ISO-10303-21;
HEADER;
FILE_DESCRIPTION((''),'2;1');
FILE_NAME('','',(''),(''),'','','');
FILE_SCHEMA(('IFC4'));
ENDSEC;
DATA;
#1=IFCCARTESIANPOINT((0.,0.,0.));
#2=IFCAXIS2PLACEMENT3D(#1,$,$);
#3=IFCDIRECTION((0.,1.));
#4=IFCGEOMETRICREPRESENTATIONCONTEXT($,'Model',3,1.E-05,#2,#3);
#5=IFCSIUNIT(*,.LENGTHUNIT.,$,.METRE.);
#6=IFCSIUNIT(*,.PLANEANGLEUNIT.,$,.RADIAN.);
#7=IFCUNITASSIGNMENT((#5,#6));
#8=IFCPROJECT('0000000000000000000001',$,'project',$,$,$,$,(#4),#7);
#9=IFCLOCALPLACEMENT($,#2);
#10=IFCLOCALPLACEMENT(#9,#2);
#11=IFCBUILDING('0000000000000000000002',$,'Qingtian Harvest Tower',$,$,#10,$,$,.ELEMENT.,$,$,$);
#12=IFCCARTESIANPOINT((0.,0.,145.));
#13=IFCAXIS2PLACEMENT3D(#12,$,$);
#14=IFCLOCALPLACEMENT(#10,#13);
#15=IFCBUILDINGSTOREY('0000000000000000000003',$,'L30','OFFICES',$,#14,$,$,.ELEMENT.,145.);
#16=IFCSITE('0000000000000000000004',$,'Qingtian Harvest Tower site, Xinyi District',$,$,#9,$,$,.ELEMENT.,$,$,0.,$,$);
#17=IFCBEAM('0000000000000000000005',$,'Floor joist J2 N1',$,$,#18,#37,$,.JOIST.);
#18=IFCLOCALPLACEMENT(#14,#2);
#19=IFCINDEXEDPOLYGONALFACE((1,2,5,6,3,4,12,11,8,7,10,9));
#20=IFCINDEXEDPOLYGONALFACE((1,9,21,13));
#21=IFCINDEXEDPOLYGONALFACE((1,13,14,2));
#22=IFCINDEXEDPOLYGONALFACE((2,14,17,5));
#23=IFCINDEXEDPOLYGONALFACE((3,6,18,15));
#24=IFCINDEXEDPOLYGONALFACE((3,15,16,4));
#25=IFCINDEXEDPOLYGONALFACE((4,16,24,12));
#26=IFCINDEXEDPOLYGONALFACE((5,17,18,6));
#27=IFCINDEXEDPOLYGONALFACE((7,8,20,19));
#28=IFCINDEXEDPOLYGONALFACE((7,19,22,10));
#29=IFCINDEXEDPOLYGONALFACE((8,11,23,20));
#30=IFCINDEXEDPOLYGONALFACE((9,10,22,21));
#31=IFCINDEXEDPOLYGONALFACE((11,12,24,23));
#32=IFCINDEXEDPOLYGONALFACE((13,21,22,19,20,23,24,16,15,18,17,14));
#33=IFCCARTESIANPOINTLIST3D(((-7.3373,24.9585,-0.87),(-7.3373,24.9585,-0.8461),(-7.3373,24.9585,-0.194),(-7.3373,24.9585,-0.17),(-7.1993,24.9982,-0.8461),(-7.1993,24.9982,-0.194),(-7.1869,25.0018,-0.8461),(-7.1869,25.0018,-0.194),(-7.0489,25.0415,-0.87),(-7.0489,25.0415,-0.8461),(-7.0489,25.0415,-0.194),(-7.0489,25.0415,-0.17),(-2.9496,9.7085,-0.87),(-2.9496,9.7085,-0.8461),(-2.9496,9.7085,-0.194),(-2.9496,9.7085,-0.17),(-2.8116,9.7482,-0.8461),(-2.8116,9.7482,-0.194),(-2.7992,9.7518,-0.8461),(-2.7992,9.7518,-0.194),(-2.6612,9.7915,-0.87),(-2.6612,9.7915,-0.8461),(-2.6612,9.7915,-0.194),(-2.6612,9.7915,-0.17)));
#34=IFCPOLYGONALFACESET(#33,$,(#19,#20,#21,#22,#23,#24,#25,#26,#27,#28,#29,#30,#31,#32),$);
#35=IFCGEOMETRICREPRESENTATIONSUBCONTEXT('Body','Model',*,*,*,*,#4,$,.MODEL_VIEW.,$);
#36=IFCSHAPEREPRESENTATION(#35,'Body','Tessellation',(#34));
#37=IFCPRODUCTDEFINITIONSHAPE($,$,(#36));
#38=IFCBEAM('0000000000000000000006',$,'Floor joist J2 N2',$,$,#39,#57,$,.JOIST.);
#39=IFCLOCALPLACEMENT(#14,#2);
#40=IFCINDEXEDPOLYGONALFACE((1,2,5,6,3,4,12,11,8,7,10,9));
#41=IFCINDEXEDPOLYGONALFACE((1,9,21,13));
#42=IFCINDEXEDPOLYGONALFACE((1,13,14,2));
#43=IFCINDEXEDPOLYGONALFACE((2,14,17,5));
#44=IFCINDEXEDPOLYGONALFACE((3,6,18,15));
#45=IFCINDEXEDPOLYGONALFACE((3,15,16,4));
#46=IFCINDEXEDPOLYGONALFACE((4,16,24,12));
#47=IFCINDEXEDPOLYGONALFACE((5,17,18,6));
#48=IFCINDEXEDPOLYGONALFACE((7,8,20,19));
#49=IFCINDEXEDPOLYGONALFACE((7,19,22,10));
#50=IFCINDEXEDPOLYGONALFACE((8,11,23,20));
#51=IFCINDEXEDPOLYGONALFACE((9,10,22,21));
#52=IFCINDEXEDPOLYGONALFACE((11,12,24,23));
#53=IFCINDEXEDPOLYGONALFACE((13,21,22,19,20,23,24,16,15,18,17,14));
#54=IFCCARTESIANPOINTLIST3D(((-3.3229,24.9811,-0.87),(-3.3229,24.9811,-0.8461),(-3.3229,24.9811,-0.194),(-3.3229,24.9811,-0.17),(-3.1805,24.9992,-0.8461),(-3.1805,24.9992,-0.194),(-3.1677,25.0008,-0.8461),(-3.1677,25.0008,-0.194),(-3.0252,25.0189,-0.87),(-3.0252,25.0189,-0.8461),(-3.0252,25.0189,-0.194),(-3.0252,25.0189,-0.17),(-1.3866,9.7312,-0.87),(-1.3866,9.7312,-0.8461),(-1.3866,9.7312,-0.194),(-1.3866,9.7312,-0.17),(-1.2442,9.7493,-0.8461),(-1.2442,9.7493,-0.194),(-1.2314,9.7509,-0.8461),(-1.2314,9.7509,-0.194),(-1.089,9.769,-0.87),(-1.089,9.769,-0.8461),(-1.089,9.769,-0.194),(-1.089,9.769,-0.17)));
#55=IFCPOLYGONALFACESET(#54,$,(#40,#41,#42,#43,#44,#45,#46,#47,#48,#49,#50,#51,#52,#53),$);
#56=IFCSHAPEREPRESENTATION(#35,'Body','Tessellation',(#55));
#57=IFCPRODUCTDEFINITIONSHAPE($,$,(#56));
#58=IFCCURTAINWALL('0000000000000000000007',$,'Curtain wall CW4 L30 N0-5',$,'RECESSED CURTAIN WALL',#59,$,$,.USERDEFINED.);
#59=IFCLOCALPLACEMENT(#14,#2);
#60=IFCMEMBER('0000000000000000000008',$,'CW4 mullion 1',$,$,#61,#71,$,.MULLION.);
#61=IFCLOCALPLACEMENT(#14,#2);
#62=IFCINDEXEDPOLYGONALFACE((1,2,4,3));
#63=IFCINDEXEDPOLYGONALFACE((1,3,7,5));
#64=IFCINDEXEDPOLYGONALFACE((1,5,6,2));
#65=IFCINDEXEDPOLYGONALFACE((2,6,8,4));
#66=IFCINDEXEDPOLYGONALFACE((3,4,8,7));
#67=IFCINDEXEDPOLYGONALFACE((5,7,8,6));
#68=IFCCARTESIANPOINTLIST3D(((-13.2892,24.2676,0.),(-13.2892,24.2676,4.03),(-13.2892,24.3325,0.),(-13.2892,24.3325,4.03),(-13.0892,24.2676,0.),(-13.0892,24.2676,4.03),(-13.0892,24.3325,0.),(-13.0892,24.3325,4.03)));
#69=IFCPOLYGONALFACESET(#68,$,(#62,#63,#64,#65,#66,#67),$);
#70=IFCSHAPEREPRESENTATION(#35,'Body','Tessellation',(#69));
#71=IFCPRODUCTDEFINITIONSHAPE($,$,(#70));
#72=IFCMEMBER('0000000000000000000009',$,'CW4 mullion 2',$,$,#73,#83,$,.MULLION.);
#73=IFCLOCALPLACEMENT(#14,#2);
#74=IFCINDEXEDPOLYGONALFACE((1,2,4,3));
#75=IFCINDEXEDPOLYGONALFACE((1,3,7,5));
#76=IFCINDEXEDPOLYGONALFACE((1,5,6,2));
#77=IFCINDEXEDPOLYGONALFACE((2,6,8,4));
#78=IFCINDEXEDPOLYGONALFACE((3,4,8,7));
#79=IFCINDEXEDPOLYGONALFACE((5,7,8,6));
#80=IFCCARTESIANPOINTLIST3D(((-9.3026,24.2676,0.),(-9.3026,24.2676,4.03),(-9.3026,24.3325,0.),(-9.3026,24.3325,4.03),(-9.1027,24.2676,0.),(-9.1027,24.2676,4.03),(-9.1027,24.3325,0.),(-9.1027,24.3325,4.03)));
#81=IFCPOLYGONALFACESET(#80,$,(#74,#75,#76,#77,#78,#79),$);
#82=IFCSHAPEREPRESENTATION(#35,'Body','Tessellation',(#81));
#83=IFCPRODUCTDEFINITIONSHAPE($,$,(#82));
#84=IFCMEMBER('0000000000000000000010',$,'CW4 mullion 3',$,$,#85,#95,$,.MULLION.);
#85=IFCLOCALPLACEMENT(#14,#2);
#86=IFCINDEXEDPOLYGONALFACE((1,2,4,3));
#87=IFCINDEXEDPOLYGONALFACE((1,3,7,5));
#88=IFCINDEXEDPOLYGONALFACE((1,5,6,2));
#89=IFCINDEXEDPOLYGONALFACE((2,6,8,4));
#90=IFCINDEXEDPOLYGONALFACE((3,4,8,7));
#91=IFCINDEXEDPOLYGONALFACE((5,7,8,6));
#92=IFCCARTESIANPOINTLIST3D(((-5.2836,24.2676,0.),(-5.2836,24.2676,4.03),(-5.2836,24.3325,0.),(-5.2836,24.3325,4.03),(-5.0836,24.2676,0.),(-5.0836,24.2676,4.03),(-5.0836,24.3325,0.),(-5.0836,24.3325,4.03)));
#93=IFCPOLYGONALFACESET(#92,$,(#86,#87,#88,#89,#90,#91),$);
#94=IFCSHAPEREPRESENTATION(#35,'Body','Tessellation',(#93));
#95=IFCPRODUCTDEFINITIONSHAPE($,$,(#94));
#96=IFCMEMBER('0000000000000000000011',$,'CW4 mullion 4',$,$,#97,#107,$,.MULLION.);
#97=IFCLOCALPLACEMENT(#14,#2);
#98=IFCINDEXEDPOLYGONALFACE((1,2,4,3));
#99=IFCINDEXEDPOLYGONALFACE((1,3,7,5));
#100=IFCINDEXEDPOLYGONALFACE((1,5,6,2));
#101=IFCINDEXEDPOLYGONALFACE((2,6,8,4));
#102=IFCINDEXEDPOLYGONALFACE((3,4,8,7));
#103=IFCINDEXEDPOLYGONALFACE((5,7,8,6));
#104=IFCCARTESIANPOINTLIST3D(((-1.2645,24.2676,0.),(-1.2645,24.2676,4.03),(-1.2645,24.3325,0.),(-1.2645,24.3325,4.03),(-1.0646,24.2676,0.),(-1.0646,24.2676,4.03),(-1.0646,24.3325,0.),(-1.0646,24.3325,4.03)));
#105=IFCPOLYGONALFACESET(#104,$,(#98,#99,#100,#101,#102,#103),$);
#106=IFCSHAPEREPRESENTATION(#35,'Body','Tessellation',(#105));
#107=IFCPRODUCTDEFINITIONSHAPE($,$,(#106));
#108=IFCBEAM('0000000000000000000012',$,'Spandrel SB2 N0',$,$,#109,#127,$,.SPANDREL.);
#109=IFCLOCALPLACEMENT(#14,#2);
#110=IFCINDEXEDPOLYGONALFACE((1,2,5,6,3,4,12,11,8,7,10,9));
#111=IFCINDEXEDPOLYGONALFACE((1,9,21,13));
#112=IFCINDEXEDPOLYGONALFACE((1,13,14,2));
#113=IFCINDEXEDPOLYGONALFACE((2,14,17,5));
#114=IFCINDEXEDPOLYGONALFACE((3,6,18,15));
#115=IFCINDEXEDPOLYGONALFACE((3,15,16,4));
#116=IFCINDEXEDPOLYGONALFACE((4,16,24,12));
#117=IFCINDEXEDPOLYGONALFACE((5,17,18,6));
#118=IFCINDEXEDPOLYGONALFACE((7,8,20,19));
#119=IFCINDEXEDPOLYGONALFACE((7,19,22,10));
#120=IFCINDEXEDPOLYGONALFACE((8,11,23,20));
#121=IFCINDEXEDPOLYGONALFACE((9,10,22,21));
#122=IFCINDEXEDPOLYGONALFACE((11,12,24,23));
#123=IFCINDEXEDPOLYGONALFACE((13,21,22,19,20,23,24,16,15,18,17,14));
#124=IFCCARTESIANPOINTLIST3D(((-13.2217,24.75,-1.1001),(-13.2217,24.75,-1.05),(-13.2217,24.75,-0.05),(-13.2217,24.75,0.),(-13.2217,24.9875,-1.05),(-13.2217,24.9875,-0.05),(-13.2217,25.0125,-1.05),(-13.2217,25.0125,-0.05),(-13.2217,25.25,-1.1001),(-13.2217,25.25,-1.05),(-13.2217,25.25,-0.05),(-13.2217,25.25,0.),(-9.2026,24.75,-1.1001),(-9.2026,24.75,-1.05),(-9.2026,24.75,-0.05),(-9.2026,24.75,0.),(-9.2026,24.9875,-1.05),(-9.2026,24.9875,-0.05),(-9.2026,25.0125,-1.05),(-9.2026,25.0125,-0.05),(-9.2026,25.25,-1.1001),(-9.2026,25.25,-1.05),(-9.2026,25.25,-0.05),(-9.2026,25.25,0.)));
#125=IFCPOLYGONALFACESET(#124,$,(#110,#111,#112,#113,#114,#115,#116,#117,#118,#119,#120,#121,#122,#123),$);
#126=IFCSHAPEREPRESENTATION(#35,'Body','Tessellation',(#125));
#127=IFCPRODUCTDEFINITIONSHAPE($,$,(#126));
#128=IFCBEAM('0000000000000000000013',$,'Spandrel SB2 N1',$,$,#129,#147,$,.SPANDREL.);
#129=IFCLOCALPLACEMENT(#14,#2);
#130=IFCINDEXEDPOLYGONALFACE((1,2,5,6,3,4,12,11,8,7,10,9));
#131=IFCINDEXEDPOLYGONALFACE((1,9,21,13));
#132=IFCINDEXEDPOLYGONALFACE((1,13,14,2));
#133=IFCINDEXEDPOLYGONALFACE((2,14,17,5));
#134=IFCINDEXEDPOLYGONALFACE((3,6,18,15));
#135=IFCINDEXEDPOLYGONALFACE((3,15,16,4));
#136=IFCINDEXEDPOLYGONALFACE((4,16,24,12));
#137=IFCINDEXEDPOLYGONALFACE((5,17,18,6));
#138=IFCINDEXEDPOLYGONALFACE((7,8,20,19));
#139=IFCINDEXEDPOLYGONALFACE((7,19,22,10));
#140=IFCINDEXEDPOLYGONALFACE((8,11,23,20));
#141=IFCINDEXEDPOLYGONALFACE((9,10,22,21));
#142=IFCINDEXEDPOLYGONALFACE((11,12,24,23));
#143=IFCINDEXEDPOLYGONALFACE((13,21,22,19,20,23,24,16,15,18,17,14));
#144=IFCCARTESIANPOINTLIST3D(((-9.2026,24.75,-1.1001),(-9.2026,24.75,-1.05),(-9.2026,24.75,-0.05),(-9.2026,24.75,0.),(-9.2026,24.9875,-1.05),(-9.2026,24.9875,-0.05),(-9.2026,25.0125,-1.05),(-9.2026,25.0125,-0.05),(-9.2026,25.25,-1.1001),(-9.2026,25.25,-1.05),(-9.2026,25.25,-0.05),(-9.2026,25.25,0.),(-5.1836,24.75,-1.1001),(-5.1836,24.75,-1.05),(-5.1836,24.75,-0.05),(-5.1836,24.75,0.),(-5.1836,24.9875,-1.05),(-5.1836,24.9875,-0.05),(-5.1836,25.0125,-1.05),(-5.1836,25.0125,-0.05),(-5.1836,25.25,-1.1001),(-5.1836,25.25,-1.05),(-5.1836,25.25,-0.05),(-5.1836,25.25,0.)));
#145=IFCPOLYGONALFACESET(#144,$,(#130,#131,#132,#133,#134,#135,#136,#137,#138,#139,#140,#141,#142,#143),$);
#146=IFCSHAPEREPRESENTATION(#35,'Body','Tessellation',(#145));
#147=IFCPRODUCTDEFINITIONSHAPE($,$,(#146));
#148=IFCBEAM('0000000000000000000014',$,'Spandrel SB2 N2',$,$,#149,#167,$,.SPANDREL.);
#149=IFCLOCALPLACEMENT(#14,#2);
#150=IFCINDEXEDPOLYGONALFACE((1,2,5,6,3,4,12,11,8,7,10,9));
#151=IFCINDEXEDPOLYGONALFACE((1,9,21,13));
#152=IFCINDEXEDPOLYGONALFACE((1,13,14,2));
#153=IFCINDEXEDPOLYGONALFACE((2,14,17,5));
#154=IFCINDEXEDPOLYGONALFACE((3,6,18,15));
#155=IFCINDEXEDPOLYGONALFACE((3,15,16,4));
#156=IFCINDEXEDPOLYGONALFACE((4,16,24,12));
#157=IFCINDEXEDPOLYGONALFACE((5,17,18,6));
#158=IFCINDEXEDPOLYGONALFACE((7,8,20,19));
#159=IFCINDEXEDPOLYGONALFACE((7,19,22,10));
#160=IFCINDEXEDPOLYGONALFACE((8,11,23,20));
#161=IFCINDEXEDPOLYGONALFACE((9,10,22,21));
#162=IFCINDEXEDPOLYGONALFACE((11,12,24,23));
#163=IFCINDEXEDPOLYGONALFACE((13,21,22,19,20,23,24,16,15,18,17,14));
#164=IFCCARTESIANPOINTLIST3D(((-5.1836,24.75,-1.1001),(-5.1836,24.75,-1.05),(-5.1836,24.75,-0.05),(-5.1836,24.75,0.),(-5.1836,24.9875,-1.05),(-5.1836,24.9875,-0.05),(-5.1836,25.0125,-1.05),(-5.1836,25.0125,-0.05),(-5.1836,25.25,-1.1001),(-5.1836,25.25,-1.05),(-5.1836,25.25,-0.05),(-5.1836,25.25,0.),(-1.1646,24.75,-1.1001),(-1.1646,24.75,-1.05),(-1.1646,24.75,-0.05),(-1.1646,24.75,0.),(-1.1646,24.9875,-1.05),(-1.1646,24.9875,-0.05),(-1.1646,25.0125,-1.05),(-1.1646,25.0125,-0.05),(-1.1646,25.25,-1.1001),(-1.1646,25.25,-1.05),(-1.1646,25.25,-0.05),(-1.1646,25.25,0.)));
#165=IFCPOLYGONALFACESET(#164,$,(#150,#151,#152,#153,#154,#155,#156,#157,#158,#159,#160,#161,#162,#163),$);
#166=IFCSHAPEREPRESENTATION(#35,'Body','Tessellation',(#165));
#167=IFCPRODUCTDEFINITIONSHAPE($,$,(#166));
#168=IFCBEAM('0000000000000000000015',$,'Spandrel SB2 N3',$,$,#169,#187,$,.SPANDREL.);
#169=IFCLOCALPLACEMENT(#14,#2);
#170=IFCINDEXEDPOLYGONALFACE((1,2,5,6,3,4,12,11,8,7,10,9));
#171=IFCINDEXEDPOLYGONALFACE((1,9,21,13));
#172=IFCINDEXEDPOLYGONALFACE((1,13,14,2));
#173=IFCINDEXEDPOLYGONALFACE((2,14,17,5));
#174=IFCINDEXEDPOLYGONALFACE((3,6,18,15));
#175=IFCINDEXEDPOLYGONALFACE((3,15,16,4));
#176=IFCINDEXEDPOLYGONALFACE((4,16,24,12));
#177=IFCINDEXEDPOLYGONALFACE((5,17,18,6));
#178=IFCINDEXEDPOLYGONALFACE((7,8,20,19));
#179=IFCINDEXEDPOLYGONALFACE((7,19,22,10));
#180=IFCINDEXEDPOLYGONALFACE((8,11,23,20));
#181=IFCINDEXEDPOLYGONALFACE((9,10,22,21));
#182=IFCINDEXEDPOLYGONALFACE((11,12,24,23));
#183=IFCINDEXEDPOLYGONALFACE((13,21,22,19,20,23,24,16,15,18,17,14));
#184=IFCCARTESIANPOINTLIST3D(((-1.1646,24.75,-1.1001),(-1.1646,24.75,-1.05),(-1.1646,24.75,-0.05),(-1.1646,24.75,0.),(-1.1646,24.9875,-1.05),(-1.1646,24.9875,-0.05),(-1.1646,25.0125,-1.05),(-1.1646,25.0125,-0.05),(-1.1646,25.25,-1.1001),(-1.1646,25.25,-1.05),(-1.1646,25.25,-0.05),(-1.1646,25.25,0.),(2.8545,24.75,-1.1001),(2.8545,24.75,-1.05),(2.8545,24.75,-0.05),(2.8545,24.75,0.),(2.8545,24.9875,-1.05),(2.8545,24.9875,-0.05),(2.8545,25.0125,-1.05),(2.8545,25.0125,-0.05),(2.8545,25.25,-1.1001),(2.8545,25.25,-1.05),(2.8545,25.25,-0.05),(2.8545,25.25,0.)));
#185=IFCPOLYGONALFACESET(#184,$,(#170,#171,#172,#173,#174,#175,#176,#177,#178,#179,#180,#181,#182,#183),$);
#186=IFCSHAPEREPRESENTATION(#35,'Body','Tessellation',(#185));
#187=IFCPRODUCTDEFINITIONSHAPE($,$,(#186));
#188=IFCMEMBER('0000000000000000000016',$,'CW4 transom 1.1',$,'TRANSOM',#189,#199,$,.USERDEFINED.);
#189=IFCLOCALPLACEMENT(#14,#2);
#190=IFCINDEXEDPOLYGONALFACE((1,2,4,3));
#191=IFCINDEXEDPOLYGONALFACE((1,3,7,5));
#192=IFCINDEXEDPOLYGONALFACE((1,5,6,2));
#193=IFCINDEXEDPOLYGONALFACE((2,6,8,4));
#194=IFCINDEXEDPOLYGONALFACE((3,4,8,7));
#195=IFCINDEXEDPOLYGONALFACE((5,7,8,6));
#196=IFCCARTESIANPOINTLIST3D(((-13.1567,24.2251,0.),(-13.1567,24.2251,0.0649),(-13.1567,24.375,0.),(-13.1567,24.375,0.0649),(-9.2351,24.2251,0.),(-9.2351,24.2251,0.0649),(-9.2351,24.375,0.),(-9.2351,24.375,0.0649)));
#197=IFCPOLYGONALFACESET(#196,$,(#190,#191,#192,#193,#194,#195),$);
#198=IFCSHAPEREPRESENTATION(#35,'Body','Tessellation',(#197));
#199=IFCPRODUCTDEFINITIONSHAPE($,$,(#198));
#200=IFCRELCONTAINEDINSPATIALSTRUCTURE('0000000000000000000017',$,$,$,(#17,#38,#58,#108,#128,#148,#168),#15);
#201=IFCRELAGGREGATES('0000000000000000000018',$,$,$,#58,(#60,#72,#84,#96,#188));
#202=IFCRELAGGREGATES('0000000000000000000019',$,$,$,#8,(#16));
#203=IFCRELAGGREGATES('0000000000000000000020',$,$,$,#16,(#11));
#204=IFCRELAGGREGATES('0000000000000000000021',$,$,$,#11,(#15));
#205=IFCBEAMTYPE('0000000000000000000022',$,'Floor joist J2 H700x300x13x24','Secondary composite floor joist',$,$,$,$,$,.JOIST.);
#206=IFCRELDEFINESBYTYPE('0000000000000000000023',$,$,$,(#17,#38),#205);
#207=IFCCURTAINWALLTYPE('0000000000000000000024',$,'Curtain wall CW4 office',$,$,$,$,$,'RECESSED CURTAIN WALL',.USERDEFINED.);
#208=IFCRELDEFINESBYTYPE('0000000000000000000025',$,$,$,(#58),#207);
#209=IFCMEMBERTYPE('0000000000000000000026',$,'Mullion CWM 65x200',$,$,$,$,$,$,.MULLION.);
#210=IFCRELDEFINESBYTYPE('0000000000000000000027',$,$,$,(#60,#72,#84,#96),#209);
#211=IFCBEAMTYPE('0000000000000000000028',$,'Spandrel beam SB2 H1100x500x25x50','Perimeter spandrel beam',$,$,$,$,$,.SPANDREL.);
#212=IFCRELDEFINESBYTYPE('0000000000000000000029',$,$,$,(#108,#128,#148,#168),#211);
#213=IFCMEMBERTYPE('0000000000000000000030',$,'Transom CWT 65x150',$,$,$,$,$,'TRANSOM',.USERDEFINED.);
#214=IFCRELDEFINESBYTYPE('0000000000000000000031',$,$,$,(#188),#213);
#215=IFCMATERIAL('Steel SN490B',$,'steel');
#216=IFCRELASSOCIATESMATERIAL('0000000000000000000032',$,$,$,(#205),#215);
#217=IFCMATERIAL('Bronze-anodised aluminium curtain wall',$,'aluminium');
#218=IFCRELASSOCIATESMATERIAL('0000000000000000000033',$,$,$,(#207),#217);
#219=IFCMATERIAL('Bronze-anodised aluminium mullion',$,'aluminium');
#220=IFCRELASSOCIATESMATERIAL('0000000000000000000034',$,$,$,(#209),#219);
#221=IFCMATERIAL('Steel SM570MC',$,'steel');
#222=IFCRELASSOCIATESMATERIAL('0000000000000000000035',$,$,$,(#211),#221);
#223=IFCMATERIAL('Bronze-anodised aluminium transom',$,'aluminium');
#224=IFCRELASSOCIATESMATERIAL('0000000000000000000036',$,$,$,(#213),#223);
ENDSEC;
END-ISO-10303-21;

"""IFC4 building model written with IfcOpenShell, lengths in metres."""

from ifc_helpers import new_model, si_unit, direction, frame, origin, origin_2d, place, context, subcontext, project, spatial, rectangle, i_section, extrude, material, material_profile, profile_set, type_object, element, aggregate, save


model = new_model("IFC4")

# Units and contexts
model_context = context("Model", 3, precision=1e-05, world=origin(), true_north=direction((0.0, 1.0)))
body_context = subcontext(model_context, "Body", "Model", "MODEL_VIEW")
ifc_project = project(units=[si_unit("LENGTHUNIT", "METRE"), si_unit("PLANEANGLEUNIT", "RADIAN")], contexts=[model_context])

# Site, building, storey
site_placement = place(None, origin())
site = spatial("IfcSite", under=ifc_project, at=site_placement, Name="Qingtian Harvest Tower site, Xinyi District", CompositionType="ELEMENT", RefElevation=0.0)
building_placement = place(site_placement, origin())
building = spatial("IfcBuilding", under=site, at=building_placement, Name="Qingtian Harvest Tower", CompositionType="ELEMENT")
storey_placement = place(building_placement, frame((0.0, 0.0, 145.0)))
storey = spatial("IfcBuildingStorey", under=building, at=storey_placement, Name="L30", Description="OFFICES", CompositionType="ELEMENT", Elevation=145.0)

# Beams
ifc_material_1 = material(Name="Steel SN490B", Category="steel")
ifc_material_profile_1 = material_profile(ifc_material_1, i_section(OverallWidth=0.3, OverallDepth=0.7, WebThickness=0.0129, FlangeThickness=0.0239, at=origin_2d()), Name="H700x300x13x24")
ifc_profile_set_1 = profile_set([ifc_material_profile_1], Name="Steel SN490B")
beam_type_1 = type_object("IfcBeamType", Name="Floor joist J2 H700x300x13x24", Description="Secondary composite floor joist", PredefinedType="JOIST", material=ifc_profile_set_1)
beam_1_placement = place(storey_placement, frame((-7.1931, 25.0, -0.52), z_axis=(0.276501, -0.961014, 0.0), x_axis=(0.961014, 0.276501, 0.0)))
element("IfcBeam", 1, at=beam_1_placement, inside=storey, type_object=beam_type_1, Name="Floor joist J2 N1", PredefinedType="JOIST", context=body_context, shape_type="SweptSolid", body=[
    extrude(i_section(OverallWidth=0.3, OverallDepth=0.7, WebThickness=0.0129, FlangeThickness=0.0239, at=origin_2d()), origin(), (0.0, 0.0, 1.0), 15.8687),
])
beam_2_placement = place(storey_placement, frame((-3.1741, 25.0, -0.52), z_axis=(0.125958, -0.992036, 0.0), x_axis=(0.992036, 0.125958, 0.0)))
element("IfcBeam", 2, at=beam_2_placement, inside=storey, type_object=beam_type_1, Name="Floor joist J2 N2", PredefinedType="JOIST", context=body_context, shape_type="SweptSolid", body=[
    extrude(i_section(OverallWidth=0.3, OverallDepth=0.7, WebThickness=0.0129, FlangeThickness=0.0239, at=origin_2d()), origin(), (0.0, 0.0, 1.0), 15.3723),
])

# Curtain wall, members
ifc_material_2 = material(Name="Bronze-anodised aluminium curtain wall", Category="aluminium")
curtain_wall_type = type_object("IfcCurtainWallType", Name="Curtain wall CW4 office", ElementType="RECESSED CURTAIN WALL", PredefinedType="USERDEFINED", material=ifc_material_2)
curtain_wall_placement = place(storey_placement, origin())
curtain_wall = element("IfcCurtainWall", 3, at=curtain_wall_placement, inside=storey, type_object=curtain_wall_type, Name="Curtain wall CW4 L30 N0-5", ObjectType="RECESSED CURTAIN WALL", PredefinedType="USERDEFINED")
ifc_material_3 = material(Name="Bronze-anodised aluminium mullion", Category="aluminium")
ifc_material_profile_2 = material_profile(ifc_material_3, rectangle(XDim=0.0649, YDim=0.2, at=origin_2d()), Name="AL 65x200")
ifc_profile_set_2 = profile_set([ifc_material_profile_2], Name="Bronze-anodised aluminium mullion")
member_type_1 = type_object("IfcMemberType", Name="Mullion CWM 65x200", PredefinedType="MULLION", material=ifc_profile_set_2)
member_1_placement = place(storey_placement, frame((-13.1892, 24.3, 0.0), z_axis=(0.0, 0.0, 1.0), x_axis=(0.0, 1.0, 0.0)))
member_1 = element("IfcMember", 4, at=member_1_placement, type_object=member_type_1, Name="CW4 mullion 1", PredefinedType="MULLION", context=body_context, shape_type="SweptSolid", body=[
    extrude(rectangle(XDim=0.0649, YDim=0.2, at=origin_2d()), origin(), (0.0, 0.0, 1.0), 4.03),
])
member_2_placement = place(storey_placement, frame((-9.2026, 24.3, 0.0), z_axis=(0.0, 0.0, 1.0), x_axis=(0.0, 1.0, 0.0)))
member_2 = element("IfcMember", 5, at=member_2_placement, type_object=member_type_1, Name="CW4 mullion 2", PredefinedType="MULLION", context=body_context, shape_type="SweptSolid", body=[
    extrude(rectangle(XDim=0.0649, YDim=0.2, at=origin_2d()), origin(), (0.0, 0.0, 1.0), 4.03),
])
member_3_placement = place(storey_placement, frame((-5.1836, 24.3, 0.0), z_axis=(0.0, 0.0, 1.0), x_axis=(0.0, 1.0, 0.0)))
member_3 = element("IfcMember", 6, at=member_3_placement, type_object=member_type_1, Name="CW4 mullion 3", PredefinedType="MULLION", context=body_context, shape_type="SweptSolid", body=[
    extrude(rectangle(XDim=0.0649, YDim=0.2, at=origin_2d()), origin(), (0.0, 0.0, 1.0), 4.03),
])
member_4_placement = place(storey_placement, frame((-1.1646, 24.3, 0.0), z_axis=(0.0, 0.0, 1.0), x_axis=(0.0, 1.0, 0.0)))
member_4 = element("IfcMember", 7, at=member_4_placement, type_object=member_type_1, Name="CW4 mullion 4", PredefinedType="MULLION", context=body_context, shape_type="SweptSolid", body=[
    extrude(rectangle(XDim=0.0649, YDim=0.2, at=origin_2d()), origin(), (0.0, 0.0, 1.0), 4.03),
])

# Beams
ifc_material_4 = material(Name="Steel SM570MC", Category="steel")
ifc_material_profile_3 = material_profile(ifc_material_4, i_section(OverallWidth=0.5, OverallDepth=1.1001, WebThickness=0.0249, FlangeThickness=0.05, at=origin_2d()), Name="H1100x500x25x50")
ifc_profile_set_3 = profile_set([ifc_material_profile_3], Name="Steel SM570MC")
beam_type_2 = type_object("IfcBeamType", Name="Spandrel beam SB2 H1100x500x25x50", Description="Perimeter spandrel beam", PredefinedType="SPANDREL", material=ifc_profile_set_3)
for number, where, z_axis, x_axis, name in (
    (8, (-13.2217, 25.0, -0.55), (1.0, 0.0, 0.0), (0.0, 1.0, 0.0), "Spandrel SB2 N0"),
    (9, (-9.2026, 25.0, -0.55), (1.0, 0.0, 0.0), (0.0, 1.0, 0.0), "Spandrel SB2 N1"),
    (10, (-5.1836, 25.0, -0.55), (1.0, 0.0, 0.0), (0.0, 1.0, 0.0), "Spandrel SB2 N2"),
    (11, (-1.1646, 25.0, -0.55), (1.0, 0.0, 0.0), (0.0, 1.0, 0.0), "Spandrel SB2 N3"),
):
    element("IfcBeam", number, at=place(storey_placement, frame(where, z_axis=z_axis, x_axis=x_axis)), inside=storey, type_object=beam_type_2, Name=name, PredefinedType="SPANDREL", context=body_context, shape_type="SweptSolid", body=[
        extrude(i_section(OverallWidth=0.5, OverallDepth=1.1001, WebThickness=0.0249, FlangeThickness=0.05, at=origin_2d()), origin(), (0.0, 0.0, 1.0), 4.019),
    ])

# Member
ifc_material_5 = material(Name="Bronze-anodised aluminium transom", Category="aluminium")
ifc_material_profile_4 = material_profile(ifc_material_5, rectangle(XDim=0.1499, YDim=0.0649, at=origin_2d()), Name="AL 65x150")
ifc_profile_set_4 = profile_set([ifc_material_profile_4], Name="Bronze-anodised aluminium transom")
member_type_2 = type_object("IfcMemberType", Name="Transom CWT 65x150", ElementType="TRANSOM", PredefinedType="USERDEFINED", material=ifc_profile_set_4)
member_5_placement = place(storey_placement, frame((-13.1567, 24.3, 0.0325), z_axis=(1.0, 0.0, 0.0), x_axis=(0.0, 1.0, 0.0)))
member_5 = element("IfcMember", 12, at=member_5_placement, type_object=member_type_2, Name="CW4 transom 1.1", ObjectType="TRANSOM", PredefinedType="USERDEFINED", context=body_context, shape_type="SweptSolid", body=[
    extrude(rectangle(XDim=0.1499, YDim=0.0649, at=origin_2d()), origin(), (0.0, 0.0, 1.0), 3.9216),
])

aggregate(curtain_wall, [member_1, member_2, member_3, member_4, member_5])

save(model, "model.ifc")
